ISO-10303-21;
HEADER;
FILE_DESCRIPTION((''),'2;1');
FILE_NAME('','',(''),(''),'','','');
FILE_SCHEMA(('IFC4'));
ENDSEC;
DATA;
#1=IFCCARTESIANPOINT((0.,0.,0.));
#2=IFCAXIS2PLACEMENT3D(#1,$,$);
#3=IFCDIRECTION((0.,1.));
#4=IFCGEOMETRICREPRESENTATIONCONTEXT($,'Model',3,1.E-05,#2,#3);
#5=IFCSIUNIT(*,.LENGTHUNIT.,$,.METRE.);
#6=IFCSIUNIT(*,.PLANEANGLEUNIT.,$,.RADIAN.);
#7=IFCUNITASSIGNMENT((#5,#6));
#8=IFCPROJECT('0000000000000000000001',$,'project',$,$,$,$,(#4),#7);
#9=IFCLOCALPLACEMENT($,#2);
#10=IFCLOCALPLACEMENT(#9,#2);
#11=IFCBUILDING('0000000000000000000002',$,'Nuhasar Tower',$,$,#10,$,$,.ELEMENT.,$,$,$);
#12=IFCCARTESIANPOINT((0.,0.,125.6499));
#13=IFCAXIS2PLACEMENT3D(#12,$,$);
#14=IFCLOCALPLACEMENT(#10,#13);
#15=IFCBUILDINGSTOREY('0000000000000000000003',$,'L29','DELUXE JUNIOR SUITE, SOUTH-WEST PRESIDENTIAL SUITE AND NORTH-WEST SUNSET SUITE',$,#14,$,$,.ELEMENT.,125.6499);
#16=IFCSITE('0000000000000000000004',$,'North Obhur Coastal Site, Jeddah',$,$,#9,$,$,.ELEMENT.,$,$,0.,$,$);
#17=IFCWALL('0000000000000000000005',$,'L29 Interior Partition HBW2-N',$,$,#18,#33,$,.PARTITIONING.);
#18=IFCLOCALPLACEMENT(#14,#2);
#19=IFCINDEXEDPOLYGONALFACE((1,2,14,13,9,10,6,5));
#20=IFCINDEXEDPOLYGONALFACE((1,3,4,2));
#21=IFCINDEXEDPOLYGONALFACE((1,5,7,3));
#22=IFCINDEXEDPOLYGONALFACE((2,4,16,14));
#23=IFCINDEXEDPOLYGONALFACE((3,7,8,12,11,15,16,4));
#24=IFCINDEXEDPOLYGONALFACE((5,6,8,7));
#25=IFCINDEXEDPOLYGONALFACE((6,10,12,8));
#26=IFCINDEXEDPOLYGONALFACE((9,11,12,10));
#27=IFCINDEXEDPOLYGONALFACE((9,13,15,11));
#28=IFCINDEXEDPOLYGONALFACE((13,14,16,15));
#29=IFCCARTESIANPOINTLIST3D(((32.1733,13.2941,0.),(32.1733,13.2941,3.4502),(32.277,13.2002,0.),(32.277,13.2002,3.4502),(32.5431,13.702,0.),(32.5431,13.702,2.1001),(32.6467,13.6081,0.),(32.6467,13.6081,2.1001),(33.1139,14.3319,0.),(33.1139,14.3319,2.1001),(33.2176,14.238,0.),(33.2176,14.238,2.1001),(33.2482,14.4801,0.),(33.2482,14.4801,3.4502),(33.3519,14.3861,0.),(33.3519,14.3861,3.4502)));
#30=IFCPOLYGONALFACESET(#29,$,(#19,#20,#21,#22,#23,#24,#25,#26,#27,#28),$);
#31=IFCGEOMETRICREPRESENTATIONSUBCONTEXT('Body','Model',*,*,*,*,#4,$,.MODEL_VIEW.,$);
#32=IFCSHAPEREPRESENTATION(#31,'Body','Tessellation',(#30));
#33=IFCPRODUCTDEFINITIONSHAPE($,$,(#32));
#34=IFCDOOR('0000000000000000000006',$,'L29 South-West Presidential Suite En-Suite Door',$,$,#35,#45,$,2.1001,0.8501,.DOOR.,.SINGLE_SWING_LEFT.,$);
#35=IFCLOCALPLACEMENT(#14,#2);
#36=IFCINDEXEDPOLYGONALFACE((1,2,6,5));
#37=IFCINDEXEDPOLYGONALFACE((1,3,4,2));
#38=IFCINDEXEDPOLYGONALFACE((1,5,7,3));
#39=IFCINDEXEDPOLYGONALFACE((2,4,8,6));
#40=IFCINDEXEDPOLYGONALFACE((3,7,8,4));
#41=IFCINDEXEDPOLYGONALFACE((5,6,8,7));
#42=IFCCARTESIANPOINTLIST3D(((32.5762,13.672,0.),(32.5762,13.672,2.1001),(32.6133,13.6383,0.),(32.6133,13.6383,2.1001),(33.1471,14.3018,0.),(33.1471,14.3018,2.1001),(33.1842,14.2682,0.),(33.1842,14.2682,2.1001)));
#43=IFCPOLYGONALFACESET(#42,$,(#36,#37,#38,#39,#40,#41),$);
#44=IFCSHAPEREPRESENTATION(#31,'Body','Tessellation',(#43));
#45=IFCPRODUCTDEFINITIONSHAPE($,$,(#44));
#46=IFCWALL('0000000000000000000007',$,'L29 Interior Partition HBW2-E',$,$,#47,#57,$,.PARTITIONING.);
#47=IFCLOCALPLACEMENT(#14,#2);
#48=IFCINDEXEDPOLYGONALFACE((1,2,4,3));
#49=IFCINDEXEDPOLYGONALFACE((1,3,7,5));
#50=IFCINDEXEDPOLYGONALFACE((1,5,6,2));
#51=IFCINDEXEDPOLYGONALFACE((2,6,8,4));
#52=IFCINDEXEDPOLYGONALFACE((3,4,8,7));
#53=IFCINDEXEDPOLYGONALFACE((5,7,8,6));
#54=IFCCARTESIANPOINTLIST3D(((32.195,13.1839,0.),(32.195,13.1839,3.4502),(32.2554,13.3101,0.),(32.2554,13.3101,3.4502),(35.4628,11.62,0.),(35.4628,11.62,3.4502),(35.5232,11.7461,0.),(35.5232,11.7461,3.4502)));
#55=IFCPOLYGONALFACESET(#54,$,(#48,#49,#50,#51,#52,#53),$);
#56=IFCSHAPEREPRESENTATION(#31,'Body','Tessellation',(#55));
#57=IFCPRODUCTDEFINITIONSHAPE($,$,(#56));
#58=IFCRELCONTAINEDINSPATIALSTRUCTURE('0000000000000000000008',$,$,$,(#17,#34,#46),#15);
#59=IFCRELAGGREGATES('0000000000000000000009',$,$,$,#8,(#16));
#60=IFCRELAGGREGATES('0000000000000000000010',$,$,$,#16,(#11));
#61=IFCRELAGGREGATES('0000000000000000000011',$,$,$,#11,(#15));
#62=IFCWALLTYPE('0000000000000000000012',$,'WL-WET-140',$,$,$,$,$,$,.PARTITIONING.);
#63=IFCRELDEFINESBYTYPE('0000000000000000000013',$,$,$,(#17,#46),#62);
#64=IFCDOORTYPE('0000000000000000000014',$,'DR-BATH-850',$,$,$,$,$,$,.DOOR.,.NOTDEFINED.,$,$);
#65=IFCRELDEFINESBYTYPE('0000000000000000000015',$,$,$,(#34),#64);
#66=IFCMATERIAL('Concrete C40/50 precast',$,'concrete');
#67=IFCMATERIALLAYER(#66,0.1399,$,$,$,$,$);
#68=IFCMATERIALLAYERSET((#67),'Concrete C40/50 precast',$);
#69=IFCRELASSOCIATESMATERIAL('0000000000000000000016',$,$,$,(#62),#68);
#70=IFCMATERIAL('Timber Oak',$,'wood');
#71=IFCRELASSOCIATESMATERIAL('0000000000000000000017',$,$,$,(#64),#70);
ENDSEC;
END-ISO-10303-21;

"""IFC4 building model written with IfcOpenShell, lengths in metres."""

from ifc_helpers import new_model, si_unit, direction, frame, frame_2d, origin, place, context, subcontext, project, spatial, rectangle, extrude, material, layer, layer_set, type_object, element, fill, save


model = new_model("IFC4")

# Units and contexts
model_context = context("Model", 3, precision=1e-05, world=origin(), true_north=direction((0.0, 1.0)))
body_context = subcontext(model_context, "Body", "Model", "MODEL_VIEW")
ifc_project = project(units=[si_unit("LENGTHUNIT", "METRE"), si_unit("PLANEANGLEUNIT", "RADIAN")], contexts=[model_context])

# Site, building, storey
site_placement = place(None, origin())
site = spatial("IfcSite", under=ifc_project, at=site_placement, Name="North Obhur Coastal Site, Jeddah", CompositionType="ELEMENT", RefElevation=0.0)
building_placement = place(site_placement, origin())
building = spatial("IfcBuilding", under=site, at=building_placement, Name="Nuhasar Tower", CompositionType="ELEMENT")
storey_placement = place(building_placement, frame((0.0, 0.0, 125.6499)))
storey = spatial("IfcBuildingStorey", under=building, at=storey_placement, Name="L29", Description="DELUXE JUNIOR SUITE, SOUTH-WEST PRESIDENTIAL SUITE AND NORTH-WEST SUNSET SUITE", CompositionType="ELEMENT", Elevation=125.6499)

# Shared definitions
ifc_material_1 = material(Name="Timber Oak", Category="wood")

# Shared definitions
ifc_material_2 = material(Name="Concrete C40/50 precast", Category="concrete")
ifc_layer_1 = layer(ifc_material_2, 0.1399)
ifc_layer_set_1 = layer_set([ifc_layer_1], Name="Concrete C40/50 precast")
wall_type_1 = type_object("IfcWallType", Name="WL-WET-140", PredefinedType="PARTITIONING", material=ifc_layer_set_1)

# Wall, opening, door
wall_1_placement = place(storey_placement, frame((33.3, 14.4331, 0.0), z_axis=(0.0, 0.0, 1.0), x_axis=(-0.671556, -0.740954, 0.0)))
wall_1 = element("IfcWall", 1, at=wall_1_placement, inside=storey, type_object=wall_type_1, Name="L29 Interior Partition HBW2-N", PredefinedType="PARTITIONING", context=body_context, shape_type="SweptSolid", body=[
    extrude(rectangle(XDim=1.6006, YDim=0.1399, at=frame_2d((0.8003, 0.0))), origin(), (0.0, 0.0, 1.0), 3.4502),
])
opening_1_placement = place(wall_1_placement, frame((0.2, 0.0, 0.0)))
opening_1 = element("IfcOpeningElement", 2, at=opening_1_placement, cuts=wall_1, PredefinedType="OPENING", context=body_context, shape_type="SweptSolid", body=[
    extrude(rectangle(XDim=0.8501, YDim=2.1001, at=frame_2d((0.425, 1.05))), frame((0.0, 0.0801, 0.0), z_axis=(0.0, -1.0, 0.0), x_axis=(1.0, 0.0, 0.0)), (0.0, 0.0, 1.0), 0.1599),
])
door_type_1 = type_object("IfcDoorType", Name="DR-BATH-850", OperationType="NOTDEFINED", PredefinedType="DOOR", material=ifc_material_1)
door_1_placement = place(opening_1_placement, origin())
door_1 = element("IfcDoor", 3, at=door_1_placement, inside=storey, type_object=door_type_1, Name="L29 South-West Presidential Suite En-Suite Door", OperationType="SINGLE_SWING_LEFT", OverallHeight=2.1001, OverallWidth=0.8501, PredefinedType="DOOR", context=body_context, shape_type="SweptSolid", body=[
    extrude(rectangle(XDim=0.8501, YDim=2.1001, at=frame_2d((0.425, 1.05))), frame((0.0, 0.0249, 0.0), z_axis=(0.0, -1.0, 0.0), x_axis=(1.0, 0.0, 0.0)), (0.0, 0.0, 1.0), 0.05),
])
fill(opening_1, door_1)

# Wall
wall_2_placement = place(storey_placement, frame((32.2251, 13.2471, 0.0), z_axis=(0.0, 0.0, 1.0), x_axis=(0.902017, -0.431701, 0.0)))
element("IfcWall", 4, at=wall_2_placement, inside=storey, type_object=wall_type_1, Name="L29 Interior Partition HBW2-E", PredefinedType="PARTITIONING", context=body_context, shape_type="SweptSolid", body=[
    extrude(rectangle(XDim=3.6228, YDim=0.1399, at=frame_2d((1.8115, 0.0))), origin(), (0.0, 0.0, 1.0), 3.4502),
])

save(model, "model.ifc")
